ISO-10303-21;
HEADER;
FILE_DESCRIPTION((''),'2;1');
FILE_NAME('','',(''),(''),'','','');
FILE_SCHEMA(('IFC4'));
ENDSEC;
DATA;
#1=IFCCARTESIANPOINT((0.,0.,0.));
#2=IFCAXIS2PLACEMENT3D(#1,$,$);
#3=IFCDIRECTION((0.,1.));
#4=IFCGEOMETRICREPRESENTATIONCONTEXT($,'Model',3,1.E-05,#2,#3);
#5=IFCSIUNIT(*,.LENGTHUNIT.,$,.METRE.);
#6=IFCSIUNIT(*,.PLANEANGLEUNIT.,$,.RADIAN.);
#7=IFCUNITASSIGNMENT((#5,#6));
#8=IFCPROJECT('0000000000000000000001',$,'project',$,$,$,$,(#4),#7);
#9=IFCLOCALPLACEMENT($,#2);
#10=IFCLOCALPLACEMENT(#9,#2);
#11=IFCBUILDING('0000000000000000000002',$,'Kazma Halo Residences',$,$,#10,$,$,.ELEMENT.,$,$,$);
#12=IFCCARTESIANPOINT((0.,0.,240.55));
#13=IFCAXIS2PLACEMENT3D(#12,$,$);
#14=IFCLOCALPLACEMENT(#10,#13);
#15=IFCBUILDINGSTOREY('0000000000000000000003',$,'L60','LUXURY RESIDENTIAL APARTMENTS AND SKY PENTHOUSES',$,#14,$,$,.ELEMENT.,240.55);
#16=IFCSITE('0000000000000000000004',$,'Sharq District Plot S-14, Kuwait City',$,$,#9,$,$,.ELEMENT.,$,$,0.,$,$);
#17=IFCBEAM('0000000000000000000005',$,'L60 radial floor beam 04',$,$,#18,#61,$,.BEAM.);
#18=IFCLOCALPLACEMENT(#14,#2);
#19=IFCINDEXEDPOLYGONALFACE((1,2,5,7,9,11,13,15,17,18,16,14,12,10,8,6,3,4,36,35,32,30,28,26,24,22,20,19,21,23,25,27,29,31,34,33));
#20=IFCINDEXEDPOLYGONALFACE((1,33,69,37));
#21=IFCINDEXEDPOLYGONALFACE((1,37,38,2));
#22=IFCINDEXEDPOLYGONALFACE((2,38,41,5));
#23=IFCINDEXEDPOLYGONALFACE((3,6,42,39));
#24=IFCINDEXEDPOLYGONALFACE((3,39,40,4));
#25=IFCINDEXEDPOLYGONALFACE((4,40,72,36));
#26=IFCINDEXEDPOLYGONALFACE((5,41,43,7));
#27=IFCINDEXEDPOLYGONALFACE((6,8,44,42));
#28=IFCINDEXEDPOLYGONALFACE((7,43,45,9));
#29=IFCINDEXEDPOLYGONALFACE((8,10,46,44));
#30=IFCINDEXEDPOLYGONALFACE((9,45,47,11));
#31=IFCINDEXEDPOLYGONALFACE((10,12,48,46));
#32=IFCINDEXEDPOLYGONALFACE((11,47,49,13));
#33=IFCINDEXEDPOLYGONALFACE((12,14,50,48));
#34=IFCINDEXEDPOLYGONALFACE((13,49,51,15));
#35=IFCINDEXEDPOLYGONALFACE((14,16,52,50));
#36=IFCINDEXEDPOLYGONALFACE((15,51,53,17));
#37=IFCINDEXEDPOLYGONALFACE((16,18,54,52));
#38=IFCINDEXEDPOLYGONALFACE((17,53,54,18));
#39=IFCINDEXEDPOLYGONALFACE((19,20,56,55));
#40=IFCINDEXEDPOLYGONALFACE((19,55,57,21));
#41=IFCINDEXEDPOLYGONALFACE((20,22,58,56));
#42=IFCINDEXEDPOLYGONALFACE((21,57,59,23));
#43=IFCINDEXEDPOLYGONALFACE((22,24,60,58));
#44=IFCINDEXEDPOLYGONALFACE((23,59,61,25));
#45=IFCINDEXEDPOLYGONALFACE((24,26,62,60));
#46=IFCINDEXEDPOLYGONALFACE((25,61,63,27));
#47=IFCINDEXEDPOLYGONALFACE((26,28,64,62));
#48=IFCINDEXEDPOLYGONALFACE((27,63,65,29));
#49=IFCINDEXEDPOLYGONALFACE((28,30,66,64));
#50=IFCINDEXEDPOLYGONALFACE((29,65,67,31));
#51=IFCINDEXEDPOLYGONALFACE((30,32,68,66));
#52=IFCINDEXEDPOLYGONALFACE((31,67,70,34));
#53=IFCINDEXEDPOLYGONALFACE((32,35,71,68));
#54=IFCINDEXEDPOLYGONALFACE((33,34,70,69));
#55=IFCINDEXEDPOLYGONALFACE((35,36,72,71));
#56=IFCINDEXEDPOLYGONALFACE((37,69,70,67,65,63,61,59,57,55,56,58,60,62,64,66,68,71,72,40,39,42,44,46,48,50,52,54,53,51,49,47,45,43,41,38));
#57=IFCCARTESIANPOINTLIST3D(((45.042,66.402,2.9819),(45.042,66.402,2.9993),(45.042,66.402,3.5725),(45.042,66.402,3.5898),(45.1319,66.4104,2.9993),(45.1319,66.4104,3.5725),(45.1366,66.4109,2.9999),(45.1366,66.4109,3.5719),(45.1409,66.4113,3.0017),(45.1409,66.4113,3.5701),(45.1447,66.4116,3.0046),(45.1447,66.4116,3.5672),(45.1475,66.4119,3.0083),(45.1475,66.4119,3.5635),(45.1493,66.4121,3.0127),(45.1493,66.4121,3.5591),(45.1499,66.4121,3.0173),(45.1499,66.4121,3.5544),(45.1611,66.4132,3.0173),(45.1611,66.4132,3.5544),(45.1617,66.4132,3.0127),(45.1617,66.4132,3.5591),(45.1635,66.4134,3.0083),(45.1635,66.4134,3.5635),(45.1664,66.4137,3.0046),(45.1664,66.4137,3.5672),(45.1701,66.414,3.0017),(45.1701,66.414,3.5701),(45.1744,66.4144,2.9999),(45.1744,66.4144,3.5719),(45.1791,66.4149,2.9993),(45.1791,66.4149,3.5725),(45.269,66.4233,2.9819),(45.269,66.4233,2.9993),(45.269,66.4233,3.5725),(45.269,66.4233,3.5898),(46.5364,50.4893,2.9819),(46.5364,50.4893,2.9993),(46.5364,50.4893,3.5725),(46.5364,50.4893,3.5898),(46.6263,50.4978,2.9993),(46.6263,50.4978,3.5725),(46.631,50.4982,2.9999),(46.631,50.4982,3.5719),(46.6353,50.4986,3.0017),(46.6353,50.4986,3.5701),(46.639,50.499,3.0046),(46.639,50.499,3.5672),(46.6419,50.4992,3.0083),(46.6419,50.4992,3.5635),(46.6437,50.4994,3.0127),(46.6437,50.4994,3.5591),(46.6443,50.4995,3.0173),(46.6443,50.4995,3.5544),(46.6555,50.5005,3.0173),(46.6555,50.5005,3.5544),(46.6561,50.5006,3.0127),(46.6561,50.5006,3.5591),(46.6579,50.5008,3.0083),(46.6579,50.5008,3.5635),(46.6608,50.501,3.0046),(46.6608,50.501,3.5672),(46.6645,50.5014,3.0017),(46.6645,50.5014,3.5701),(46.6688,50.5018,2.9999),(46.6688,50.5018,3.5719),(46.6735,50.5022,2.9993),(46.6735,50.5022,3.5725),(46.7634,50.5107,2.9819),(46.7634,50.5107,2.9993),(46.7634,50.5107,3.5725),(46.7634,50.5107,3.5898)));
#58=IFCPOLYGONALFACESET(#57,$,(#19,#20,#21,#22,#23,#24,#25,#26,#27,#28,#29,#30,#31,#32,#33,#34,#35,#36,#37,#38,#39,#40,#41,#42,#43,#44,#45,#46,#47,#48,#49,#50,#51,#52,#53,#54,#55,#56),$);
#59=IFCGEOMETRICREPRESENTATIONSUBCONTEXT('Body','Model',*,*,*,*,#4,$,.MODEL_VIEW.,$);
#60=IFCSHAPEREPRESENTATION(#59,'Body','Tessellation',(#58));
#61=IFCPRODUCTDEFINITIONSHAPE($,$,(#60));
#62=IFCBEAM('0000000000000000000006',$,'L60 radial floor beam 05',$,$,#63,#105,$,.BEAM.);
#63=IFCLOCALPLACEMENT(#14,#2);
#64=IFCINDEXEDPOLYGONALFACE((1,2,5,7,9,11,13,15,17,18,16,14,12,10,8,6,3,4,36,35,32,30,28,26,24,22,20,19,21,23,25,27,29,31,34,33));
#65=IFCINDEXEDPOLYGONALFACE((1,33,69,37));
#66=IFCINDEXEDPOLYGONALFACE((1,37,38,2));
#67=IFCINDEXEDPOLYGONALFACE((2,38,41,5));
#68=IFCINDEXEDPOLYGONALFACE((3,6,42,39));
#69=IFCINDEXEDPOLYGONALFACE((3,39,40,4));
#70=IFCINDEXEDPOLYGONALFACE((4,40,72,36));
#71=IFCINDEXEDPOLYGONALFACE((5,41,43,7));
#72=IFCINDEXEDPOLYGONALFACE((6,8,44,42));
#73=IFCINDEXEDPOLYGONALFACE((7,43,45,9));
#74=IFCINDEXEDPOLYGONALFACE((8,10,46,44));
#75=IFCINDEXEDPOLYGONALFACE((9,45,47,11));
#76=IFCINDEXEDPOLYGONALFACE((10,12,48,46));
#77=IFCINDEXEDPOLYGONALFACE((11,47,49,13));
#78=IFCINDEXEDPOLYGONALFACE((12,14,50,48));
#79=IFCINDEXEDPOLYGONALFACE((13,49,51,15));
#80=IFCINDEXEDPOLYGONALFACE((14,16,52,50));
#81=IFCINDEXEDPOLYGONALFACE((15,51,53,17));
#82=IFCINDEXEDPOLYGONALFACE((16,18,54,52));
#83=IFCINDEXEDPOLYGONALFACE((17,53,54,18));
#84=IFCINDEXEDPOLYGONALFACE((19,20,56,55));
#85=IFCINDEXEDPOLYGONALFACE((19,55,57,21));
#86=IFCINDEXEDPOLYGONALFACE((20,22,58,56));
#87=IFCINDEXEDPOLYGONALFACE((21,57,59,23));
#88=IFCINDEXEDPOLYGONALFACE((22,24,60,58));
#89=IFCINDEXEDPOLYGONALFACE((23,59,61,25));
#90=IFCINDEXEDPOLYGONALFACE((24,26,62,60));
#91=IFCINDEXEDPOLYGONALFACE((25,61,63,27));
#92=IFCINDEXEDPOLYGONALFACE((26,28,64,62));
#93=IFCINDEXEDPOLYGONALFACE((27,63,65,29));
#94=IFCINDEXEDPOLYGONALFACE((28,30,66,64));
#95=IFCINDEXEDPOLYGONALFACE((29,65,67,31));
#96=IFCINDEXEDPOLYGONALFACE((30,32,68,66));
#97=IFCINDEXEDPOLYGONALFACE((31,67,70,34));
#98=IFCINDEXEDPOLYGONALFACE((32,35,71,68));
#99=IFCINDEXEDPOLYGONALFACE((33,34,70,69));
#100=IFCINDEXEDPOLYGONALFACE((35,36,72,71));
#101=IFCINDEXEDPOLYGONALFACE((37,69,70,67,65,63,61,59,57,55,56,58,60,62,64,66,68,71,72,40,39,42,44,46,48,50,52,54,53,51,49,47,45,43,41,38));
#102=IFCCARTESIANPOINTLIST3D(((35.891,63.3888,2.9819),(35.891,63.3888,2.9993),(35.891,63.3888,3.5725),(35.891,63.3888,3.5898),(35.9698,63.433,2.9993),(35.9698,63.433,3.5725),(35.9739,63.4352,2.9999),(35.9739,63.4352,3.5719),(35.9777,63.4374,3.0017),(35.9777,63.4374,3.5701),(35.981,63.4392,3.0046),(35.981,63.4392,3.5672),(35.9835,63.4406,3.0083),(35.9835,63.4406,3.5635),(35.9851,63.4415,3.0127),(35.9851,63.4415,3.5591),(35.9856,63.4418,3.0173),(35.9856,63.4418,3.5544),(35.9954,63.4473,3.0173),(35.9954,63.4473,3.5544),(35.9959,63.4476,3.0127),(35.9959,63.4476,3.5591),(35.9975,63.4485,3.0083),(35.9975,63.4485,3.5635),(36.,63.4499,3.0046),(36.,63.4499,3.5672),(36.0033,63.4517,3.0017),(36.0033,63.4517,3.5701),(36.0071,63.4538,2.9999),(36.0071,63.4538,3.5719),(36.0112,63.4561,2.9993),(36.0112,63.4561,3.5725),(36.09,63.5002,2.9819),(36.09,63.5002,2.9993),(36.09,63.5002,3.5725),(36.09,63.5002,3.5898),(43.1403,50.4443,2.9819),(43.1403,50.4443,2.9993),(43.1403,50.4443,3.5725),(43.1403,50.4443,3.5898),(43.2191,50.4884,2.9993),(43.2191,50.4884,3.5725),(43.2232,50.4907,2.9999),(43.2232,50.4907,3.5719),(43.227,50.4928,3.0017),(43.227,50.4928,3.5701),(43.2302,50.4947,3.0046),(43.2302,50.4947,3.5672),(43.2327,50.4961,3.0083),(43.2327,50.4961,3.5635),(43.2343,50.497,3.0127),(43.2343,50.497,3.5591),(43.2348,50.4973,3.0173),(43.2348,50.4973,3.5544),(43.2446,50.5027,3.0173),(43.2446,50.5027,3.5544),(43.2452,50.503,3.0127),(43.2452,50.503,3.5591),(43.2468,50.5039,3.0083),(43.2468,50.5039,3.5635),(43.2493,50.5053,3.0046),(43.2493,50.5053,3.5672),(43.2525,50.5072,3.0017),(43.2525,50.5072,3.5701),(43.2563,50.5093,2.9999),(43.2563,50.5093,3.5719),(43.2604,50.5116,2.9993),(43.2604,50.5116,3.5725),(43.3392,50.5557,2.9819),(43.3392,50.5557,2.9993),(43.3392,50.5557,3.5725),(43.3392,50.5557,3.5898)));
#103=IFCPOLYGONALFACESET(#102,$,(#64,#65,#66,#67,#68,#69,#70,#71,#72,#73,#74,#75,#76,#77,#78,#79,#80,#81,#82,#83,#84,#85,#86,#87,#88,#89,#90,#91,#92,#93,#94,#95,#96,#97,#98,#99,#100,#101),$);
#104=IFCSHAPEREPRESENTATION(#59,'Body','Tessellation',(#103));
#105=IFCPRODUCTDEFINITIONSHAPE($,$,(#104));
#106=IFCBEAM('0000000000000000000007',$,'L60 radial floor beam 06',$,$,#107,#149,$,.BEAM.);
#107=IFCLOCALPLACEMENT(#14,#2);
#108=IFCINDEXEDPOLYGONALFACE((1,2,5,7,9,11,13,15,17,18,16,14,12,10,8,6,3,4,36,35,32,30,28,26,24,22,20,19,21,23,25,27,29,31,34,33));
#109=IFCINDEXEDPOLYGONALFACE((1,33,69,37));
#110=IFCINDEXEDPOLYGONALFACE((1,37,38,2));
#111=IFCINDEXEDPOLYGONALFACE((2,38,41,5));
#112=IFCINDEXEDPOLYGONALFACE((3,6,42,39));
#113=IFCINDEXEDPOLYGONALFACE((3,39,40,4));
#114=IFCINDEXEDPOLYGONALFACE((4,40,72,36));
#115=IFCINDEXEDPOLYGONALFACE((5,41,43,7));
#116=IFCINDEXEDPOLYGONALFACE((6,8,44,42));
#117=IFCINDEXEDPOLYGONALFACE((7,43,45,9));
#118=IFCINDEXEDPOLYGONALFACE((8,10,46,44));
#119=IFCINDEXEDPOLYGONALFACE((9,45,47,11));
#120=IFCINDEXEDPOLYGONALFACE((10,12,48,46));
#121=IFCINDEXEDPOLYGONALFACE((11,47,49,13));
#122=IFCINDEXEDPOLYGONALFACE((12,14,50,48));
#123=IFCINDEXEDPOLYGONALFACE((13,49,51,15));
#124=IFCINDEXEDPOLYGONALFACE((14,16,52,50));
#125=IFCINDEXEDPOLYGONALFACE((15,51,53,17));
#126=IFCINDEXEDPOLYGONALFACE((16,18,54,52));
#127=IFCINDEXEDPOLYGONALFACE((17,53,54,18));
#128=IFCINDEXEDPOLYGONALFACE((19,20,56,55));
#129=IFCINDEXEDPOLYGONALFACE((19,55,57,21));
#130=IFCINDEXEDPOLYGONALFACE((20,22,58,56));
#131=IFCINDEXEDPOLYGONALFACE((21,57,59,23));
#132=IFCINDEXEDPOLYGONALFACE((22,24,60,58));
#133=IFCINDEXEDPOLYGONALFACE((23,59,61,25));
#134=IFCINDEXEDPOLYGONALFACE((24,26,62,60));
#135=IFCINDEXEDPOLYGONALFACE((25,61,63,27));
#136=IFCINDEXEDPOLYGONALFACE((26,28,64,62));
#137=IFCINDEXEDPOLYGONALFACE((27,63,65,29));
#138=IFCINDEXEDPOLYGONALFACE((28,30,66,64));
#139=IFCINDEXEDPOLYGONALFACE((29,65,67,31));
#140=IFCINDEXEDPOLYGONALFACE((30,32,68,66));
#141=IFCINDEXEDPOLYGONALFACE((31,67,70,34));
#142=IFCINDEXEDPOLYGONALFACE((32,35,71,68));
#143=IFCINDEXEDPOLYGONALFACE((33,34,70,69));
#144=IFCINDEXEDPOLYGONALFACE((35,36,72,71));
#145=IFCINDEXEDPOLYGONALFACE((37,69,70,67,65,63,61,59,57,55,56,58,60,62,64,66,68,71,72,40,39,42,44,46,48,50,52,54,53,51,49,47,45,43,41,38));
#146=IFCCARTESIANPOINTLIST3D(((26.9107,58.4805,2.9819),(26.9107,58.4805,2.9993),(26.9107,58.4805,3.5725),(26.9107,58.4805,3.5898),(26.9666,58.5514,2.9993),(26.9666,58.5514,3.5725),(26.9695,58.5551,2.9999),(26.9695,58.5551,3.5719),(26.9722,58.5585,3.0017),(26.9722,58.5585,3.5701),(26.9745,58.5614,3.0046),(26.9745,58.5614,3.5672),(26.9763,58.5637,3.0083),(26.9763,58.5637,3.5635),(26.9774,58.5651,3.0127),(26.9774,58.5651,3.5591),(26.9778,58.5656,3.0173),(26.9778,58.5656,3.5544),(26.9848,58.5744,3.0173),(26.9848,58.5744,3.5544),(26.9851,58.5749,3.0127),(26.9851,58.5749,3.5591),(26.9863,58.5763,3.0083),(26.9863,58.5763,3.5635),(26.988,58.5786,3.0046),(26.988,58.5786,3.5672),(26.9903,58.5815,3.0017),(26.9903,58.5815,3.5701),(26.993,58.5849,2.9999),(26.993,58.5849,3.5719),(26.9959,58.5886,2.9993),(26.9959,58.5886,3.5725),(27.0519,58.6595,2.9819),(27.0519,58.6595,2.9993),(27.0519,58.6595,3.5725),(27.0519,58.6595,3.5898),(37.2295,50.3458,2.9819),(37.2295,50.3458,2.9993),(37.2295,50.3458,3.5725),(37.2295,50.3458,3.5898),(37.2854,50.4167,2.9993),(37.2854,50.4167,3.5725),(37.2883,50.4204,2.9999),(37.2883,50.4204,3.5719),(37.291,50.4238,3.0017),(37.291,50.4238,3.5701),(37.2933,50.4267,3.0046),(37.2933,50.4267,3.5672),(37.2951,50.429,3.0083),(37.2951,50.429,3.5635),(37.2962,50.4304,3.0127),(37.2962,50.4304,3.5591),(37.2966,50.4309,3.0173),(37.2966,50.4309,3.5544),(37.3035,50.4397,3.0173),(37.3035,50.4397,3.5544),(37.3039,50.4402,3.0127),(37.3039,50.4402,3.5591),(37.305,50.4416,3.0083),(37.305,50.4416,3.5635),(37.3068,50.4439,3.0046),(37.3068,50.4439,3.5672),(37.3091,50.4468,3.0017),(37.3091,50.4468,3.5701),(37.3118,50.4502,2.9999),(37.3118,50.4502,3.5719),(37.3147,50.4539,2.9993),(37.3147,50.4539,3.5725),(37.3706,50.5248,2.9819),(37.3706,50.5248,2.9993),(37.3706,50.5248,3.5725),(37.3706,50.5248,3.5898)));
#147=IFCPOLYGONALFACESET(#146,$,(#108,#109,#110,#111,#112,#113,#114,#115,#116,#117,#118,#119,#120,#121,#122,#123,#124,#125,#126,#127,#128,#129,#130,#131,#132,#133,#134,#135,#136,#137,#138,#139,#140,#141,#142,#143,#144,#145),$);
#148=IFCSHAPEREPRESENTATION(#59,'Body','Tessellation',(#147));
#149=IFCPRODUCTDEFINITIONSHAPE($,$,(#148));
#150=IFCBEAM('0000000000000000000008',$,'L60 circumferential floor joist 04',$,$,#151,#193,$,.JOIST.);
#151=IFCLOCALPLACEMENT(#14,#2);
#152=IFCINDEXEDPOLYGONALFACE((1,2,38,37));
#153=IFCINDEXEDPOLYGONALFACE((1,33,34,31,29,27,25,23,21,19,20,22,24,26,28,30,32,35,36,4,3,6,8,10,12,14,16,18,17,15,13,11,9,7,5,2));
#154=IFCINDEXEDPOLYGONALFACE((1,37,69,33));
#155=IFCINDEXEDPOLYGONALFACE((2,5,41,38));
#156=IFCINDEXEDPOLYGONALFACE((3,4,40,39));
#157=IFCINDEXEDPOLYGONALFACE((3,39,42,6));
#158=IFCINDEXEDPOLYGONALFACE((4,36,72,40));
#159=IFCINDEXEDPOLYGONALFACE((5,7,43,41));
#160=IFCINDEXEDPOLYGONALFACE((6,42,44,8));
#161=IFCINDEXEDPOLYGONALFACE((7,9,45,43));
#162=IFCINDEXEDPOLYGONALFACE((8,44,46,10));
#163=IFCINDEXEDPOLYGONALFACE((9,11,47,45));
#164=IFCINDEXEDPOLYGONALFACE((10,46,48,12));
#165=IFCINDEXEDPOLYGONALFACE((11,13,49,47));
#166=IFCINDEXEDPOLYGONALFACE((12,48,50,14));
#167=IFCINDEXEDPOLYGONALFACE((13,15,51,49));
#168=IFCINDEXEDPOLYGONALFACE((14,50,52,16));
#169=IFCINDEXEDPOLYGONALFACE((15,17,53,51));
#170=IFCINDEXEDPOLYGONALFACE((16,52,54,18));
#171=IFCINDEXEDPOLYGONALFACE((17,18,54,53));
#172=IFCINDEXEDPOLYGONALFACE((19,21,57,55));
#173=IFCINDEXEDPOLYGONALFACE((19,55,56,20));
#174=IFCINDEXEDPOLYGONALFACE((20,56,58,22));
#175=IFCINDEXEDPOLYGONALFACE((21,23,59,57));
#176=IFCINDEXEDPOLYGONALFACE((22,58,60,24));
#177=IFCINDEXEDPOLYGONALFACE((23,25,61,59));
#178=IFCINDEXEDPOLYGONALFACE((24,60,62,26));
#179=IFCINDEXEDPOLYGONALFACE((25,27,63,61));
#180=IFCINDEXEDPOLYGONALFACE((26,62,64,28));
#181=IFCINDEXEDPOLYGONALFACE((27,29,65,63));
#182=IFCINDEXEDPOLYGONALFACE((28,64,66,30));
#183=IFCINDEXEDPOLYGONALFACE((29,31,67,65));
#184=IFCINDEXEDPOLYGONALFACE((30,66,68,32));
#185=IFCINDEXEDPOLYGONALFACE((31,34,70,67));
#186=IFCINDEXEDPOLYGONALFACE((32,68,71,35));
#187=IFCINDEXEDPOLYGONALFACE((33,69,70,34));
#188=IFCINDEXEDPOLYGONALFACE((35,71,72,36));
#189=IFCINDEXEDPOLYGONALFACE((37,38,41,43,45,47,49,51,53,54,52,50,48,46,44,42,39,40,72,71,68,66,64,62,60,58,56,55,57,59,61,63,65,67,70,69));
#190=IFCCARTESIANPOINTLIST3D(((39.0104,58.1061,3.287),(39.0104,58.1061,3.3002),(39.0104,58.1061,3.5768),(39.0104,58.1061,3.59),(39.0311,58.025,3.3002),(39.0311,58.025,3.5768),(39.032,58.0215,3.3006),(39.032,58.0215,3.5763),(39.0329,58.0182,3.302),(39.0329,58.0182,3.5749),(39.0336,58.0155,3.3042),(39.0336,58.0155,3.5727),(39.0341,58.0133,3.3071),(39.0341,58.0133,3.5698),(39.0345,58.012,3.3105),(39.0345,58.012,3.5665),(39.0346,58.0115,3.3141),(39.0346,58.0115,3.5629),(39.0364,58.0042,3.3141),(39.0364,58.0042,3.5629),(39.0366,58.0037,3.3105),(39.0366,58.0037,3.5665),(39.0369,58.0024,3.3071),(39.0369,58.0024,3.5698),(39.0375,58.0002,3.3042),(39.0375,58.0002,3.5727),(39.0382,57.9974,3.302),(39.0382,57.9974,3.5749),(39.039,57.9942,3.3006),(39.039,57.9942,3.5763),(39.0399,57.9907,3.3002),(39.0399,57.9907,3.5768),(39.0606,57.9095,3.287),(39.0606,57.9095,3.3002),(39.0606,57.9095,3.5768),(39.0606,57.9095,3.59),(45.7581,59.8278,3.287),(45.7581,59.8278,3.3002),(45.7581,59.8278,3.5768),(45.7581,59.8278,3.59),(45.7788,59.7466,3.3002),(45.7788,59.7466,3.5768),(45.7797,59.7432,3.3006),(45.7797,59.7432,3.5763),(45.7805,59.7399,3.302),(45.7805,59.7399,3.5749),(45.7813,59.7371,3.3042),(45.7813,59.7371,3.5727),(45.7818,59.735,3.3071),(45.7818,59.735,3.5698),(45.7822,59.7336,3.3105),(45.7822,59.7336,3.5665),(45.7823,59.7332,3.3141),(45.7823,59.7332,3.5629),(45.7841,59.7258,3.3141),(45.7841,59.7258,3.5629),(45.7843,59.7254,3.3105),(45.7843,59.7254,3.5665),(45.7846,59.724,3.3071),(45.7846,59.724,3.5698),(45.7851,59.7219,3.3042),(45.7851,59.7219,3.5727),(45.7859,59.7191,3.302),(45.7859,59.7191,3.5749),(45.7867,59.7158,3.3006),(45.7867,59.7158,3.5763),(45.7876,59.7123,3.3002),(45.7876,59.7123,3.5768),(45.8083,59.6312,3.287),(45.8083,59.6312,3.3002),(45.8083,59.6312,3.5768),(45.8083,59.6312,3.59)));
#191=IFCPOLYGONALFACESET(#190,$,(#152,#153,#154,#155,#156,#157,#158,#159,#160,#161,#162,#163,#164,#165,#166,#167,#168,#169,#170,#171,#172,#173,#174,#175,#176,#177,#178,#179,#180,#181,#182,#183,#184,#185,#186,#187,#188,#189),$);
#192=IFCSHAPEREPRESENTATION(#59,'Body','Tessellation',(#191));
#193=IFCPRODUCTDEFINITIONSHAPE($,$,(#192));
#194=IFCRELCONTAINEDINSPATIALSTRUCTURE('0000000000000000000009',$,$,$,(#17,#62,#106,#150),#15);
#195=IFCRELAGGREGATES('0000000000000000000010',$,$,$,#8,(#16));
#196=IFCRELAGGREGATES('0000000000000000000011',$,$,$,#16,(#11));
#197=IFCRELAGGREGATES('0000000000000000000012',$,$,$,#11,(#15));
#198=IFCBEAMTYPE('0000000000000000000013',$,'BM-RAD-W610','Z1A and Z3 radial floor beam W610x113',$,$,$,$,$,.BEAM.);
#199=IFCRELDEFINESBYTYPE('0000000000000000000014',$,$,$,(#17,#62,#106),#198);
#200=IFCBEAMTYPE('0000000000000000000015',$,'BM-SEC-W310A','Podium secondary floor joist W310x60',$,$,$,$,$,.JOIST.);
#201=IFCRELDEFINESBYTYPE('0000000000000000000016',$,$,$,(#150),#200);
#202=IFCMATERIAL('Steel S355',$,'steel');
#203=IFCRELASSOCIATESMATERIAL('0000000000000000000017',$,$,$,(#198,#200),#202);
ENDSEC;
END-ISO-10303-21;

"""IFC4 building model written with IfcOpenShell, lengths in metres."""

from ifc_helpers import new_model, si_unit, direction, frame, origin, origin_2d, place, context, subcontext, project, spatial, i_section, extrude, material, material_profile, profile_set, type_object, element, save


model = new_model("IFC4")

# Units and contexts
model_context = context("Model", 3, precision=1e-05, world=origin(), true_north=direction((0.0, 1.0)))
body_context = subcontext(model_context, "Body", "Model", "MODEL_VIEW")
ifc_project = project(units=[si_unit("LENGTHUNIT", "METRE"), si_unit("PLANEANGLEUNIT", "RADIAN")], contexts=[model_context])

# Site, building, storey
site_placement = place(None, origin())
site = spatial("IfcSite", under=ifc_project, at=site_placement, Name="Sharq District Plot S-14, Kuwait City", CompositionType="ELEMENT", RefElevation=0.0)
building_placement = place(site_placement, origin())
building = spatial("IfcBuilding", under=site, at=building_placement, Name="Kazma Halo Residences", CompositionType="ELEMENT")
storey_placement = place(building_placement, frame((0.0, 0.0, 240.55)))
storey = spatial("IfcBuildingStorey", under=building, at=storey_placement, Name="L60", Description="LUXURY RESIDENTIAL APARTMENTS AND SKY PENTHOUSES", CompositionType="ELEMENT", Elevation=240.55)

# Beams
ifc_material_1 = material(Name="Steel S355", Category="steel")
ifc_material_profile_1 = material_profile(ifc_material_1, i_section(OverallWidth=0.228, OverallDepth=0.6079, WebThickness=0.0112, FlangeThickness=0.0173, FilletRadius=0.0181, at=origin_2d()), Name="W610x113")
ifc_profile_set_1 = profile_set([ifc_material_profile_1], Name="Steel S355")
beam_type_1 = type_object("IfcBeamType", Name="BM-RAD-W610", Description="Z1A and Z3 radial floor beam W610x113", PredefinedType="BEAM", material=ifc_profile_set_1)
beam_1_placement = place(storey_placement, frame((46.6499, 50.5, 3.2859), z_axis=(-0.093501, 0.995619, 0.0), x_axis=(-0.995619, -0.093501, 0.0)))
element("IfcBeam", 1, at=beam_1_placement, inside=storey, type_object=beam_type_1, Name="L60 radial floor beam 04", PredefinedType="BEAM", context=body_context, shape_type="SweptSolid", body=[
    extrude(i_section(OverallWidth=0.228, OverallDepth=0.6079, WebThickness=0.0112, FlangeThickness=0.0173, FilletRadius=0.0181, at=origin_2d()), origin(), (0.0, 0.0, 1.0), 15.9827),
])
beam_2_placement = place(storey_placement, frame((43.2397, 50.5, 3.2859), z_axis=(-0.488619, 0.872497, 0.0), x_axis=(-0.872497, -0.488619, 0.0)))
element("IfcBeam", 2, at=beam_2_placement, inside=storey, type_object=beam_type_1, Name="L60 radial floor beam 05", PredefinedType="BEAM", context=body_context, shape_type="SweptSolid", body=[
    extrude(i_section(OverallWidth=0.228, OverallDepth=0.6079, WebThickness=0.0112, FlangeThickness=0.0173, FilletRadius=0.0181, at=origin_2d()), origin(), (0.0, 0.0, 1.0), 14.8362),
])
beam_3_placement = place(storey_placement, frame((37.3, 50.4353, 3.2859), z_axis=(-0.785315, 0.619096, 0.0), x_axis=(-0.619096, -0.785315, 0.0)))
element("IfcBeam", 3, at=beam_3_placement, inside=storey, type_object=beam_type_1, Name="L60 radial floor beam 06", PredefinedType="BEAM", context=body_context, shape_type="SweptSolid", body=[
    extrude(i_section(OverallWidth=0.228, OverallDepth=0.6079, WebThickness=0.0112, FlangeThickness=0.0173, FilletRadius=0.0181, at=origin_2d()), origin(), (0.0, 0.0, 1.0), 13.1396),
])
ifc_material_profile_2 = material_profile(ifc_material_1, i_section(OverallWidth=0.2029, OverallDepth=0.303, WebThickness=0.0076, FlangeThickness=0.0132, FilletRadius=0.0139, at=origin_2d()), Name="W310x60")
ifc_profile_set_2 = profile_set([ifc_material_profile_2], Name="Steel S355")
beam_type_2 = type_object("IfcBeamType", Name="BM-SEC-W310A", Description="Podium secondary floor joist W310x60", PredefinedType="JOIST", material=ifc_profile_set_2)
beam_4_placement = place(storey_placement, frame((45.7832, 59.7295, 3.4385), z_axis=(-0.968958, -0.247226, 0.0), x_axis=(0.247226, -0.968958, 0.0)))
element("IfcBeam", 4, at=beam_4_placement, inside=storey, type_object=beam_type_2, Name="L60 circumferential floor joist 04", PredefinedType="JOIST", context=body_context, shape_type="SweptSolid", body=[
    extrude(i_section(OverallWidth=0.2029, OverallDepth=0.303, WebThickness=0.0076, FlangeThickness=0.0132, FilletRadius=0.0139, at=origin_2d()), origin(), (0.0, 0.0, 1.0), 6.9639),
])

save(model, "model.ifc")
